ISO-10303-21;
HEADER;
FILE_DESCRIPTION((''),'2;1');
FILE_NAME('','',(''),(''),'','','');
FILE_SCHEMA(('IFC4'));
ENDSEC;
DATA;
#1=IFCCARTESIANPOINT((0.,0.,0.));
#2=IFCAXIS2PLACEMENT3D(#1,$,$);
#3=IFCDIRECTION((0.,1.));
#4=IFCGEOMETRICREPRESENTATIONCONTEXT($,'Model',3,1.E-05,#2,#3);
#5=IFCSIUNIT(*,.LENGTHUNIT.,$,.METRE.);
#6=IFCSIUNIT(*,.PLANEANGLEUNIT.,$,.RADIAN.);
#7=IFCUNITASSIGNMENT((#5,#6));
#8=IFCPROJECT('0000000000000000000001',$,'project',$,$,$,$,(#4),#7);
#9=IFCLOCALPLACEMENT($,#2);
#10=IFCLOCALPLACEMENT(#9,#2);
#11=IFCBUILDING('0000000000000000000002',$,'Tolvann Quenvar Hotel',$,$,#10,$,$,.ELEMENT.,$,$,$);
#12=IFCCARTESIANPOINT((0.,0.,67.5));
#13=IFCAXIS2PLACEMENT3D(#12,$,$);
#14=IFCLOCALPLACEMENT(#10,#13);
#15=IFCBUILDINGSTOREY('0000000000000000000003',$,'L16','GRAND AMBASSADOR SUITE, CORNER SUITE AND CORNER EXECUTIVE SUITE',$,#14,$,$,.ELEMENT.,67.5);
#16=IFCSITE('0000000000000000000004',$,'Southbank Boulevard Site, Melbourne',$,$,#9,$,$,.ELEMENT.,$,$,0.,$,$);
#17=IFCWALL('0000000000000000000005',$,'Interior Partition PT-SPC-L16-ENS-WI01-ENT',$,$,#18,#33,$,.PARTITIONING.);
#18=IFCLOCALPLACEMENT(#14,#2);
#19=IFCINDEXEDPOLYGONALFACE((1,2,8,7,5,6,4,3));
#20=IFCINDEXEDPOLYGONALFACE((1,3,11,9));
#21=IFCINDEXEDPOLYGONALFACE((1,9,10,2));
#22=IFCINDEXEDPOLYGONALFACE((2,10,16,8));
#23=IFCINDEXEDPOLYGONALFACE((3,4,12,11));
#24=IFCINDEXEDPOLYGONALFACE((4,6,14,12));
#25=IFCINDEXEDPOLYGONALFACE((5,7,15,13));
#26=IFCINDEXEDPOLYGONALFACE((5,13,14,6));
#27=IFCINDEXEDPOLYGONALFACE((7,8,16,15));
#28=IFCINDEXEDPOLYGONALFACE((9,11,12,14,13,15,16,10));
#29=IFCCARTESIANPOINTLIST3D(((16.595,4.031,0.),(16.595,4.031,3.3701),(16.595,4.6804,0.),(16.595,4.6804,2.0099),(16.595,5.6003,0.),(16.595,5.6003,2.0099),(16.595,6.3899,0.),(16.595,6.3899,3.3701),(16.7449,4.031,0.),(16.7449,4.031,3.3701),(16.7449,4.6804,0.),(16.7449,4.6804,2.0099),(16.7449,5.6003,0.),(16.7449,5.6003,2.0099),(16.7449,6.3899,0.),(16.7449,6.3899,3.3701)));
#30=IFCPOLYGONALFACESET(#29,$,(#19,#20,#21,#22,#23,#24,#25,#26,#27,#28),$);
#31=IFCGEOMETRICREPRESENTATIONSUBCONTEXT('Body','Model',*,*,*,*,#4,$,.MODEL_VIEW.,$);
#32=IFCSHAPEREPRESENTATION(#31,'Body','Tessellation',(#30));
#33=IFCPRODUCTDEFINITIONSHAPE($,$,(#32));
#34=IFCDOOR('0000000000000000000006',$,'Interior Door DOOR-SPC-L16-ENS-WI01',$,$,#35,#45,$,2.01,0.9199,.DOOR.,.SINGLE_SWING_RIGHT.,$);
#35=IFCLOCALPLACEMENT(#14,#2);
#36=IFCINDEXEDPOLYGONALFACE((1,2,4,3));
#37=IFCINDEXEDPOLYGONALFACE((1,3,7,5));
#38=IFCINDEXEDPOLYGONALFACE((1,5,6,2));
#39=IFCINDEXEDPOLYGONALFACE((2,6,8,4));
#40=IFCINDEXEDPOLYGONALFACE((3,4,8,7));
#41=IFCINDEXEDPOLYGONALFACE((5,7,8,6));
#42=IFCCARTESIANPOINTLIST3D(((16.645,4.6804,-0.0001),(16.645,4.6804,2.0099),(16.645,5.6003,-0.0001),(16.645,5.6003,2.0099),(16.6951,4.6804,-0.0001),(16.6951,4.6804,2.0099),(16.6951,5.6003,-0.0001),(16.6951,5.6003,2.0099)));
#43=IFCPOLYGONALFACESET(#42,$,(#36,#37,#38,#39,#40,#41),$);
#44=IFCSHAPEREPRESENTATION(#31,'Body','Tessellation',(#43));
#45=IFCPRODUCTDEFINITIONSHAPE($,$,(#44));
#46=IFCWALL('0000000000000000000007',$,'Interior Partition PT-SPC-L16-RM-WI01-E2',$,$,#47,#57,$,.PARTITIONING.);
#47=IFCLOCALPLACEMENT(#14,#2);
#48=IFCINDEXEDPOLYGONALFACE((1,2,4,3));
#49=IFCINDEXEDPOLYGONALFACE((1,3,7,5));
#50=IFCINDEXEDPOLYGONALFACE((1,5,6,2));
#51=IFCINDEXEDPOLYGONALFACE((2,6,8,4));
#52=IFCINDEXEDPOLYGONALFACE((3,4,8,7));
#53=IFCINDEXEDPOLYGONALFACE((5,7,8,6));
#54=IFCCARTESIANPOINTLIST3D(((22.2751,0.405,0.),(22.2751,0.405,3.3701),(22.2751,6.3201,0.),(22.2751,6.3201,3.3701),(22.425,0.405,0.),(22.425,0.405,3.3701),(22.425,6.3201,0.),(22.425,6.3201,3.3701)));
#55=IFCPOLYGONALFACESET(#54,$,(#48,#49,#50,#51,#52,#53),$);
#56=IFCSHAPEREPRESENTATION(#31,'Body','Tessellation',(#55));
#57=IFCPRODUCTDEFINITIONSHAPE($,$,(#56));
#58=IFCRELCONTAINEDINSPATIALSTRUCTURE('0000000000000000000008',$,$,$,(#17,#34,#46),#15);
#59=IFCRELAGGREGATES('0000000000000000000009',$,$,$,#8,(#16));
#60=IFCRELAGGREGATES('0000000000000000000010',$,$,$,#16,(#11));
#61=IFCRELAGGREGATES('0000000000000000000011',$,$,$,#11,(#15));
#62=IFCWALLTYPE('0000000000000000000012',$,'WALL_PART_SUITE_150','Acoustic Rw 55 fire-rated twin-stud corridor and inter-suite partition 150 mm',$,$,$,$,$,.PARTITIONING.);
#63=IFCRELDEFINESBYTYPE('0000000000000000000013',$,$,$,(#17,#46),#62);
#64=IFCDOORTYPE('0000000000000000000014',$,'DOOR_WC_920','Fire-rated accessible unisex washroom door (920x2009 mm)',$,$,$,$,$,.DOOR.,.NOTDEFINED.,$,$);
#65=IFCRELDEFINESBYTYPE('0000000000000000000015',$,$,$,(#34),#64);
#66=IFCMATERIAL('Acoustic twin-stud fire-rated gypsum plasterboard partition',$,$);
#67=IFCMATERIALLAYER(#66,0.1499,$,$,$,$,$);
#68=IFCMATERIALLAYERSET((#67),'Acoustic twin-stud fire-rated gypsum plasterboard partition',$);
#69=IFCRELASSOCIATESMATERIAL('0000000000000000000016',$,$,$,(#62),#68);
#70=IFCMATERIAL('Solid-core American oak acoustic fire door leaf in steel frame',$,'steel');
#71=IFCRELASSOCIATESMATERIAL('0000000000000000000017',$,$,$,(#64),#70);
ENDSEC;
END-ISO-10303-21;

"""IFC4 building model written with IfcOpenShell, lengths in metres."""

from ifc_helpers import new_model, si_unit, direction, frame, frame_2d, origin, place, context, subcontext, project, spatial, rectangle, extrude, source, transform, mapped, material, layer, layer_set, type_object, type_shapes, element, fill, save


model = new_model("IFC4")

# Units and contexts
model_context = context("Model", 3, precision=1e-05, world=origin(), true_north=direction((0.0, 1.0)))
body_context = subcontext(model_context, "Body", "Model", "MODEL_VIEW")
ifc_project = project(units=[si_unit("LENGTHUNIT", "METRE"), si_unit("PLANEANGLEUNIT", "RADIAN")], contexts=[model_context])

# Site, building, storey
site_placement = place(None, origin())
site = spatial("IfcSite", under=ifc_project, at=site_placement, Name="Southbank Boulevard Site, Melbourne", CompositionType="ELEMENT", RefElevation=0.0)
building_placement = place(site_placement, origin())
building = spatial("IfcBuilding", under=site, at=building_placement, Name="Tolvann Quenvar Hotel", CompositionType="ELEMENT")
storey_placement = place(building_placement, frame((0.0, 0.0, 67.5)))
storey = spatial("IfcBuildingStorey", under=building, at=storey_placement, Name="L16", Description="GRAND AMBASSADOR SUITE, CORNER SUITE AND CORNER EXECUTIVE SUITE", CompositionType="ELEMENT", Elevation=67.5)

# Wall, opening, door
ifc_material_1 = material(Name="Acoustic twin-stud fire-rated gypsum plasterboard partition")
ifc_layer_1 = layer(ifc_material_1, 0.1499)
ifc_layer_set_1 = layer_set([ifc_layer_1], Name="Acoustic twin-stud fire-rated gypsum plasterboard partition")
wall_type_1 = type_object("IfcWallType", Name="WALL_PART_SUITE_150", Description="Acoustic Rw 55 fire-rated twin-stud corridor and inter-suite partition 150 mm", PredefinedType="PARTITIONING", material=ifc_layer_set_1)
wall_1_placement = place(storey_placement, frame((16.6699, 4.031, 0.0), z_axis=(0.0, 0.0, 1.0), x_axis=(0.0, 1.0, 0.0)))
wall_1 = element("IfcWall", 1, at=wall_1_placement, inside=storey, type_object=wall_type_1, Name="Interior Partition PT-SPC-L16-ENS-WI01-ENT", PredefinedType="PARTITIONING", context=body_context, shape_type="SweptSolid", body=[
    extrude(rectangle(XDim=2.3589, YDim=0.1499, at=frame_2d((1.1794, 0.0))), origin(), (0.0, 0.0, 1.0), 3.3701),
])
opening_placement = place(wall_1_placement, frame((0.6494, 0.0, 0.0)))
opening = element("IfcOpeningElement", 2, at=opening_placement, cuts=wall_1, PredefinedType="OPENING", context=body_context, shape_type="SweptSolid", body=[
    extrude(rectangle(XDim=0.9199, YDim=2.01, at=frame_2d((0.46, 1.0049))), frame((0.0, 0.085, 0.0), z_axis=(0.0, -1.0, 0.0), x_axis=(1.0, 0.0, 0.0)), (0.0, 0.0, 1.0), 0.1699),
])
ifc_material_2 = material(Name="Solid-core American oak acoustic fire door leaf in steel frame", Category="steel")
door_type = type_object("IfcDoorType", Name="DOOR_WC_920", Description="Fire-rated accessible unisex washroom door (920x2009 mm)", OperationType="NOTDEFINED", PredefinedType="DOOR", material=ifc_material_2)
shared_shape_1 = source(origin(), body_context, "Body", "SweptSolid", [
    extrude(rectangle(XDim=0.9199, YDim=2.01, at=frame_2d((0.46, 1.0049))), frame((0.0, 0.0249, 0.0), z_axis=(0.0, -1.0, 0.0), x_axis=(1.0, 0.0, 0.0)), (0.0, 0.0, 1.0), 0.05),
])
type_shapes(door_type, [shared_shape_1])
door_placement = place(opening_placement, origin())
door = element("IfcDoor", 3, at=door_placement, inside=storey, type_object=door_type, Name="Interior Door DOOR-SPC-L16-ENS-WI01", OperationType="SINGLE_SWING_RIGHT", OverallHeight=2.01, OverallWidth=0.9199, PredefinedType="DOOR", context=body_context, shape_type="MappedRepresentation", body=[
    mapped(shared_shape_1, transform((0.0, 0.0, 0.0), x_axis=(1.0, 0.0, 0.0), y_axis=(0.0, 1.0, 0.0), z_axis=(0.0, 0.0, 1.0), scale=1.0)),
])
fill(opening, door)

# Wall
wall_2_placement = place(storey_placement, frame((22.3501, 0.405, 0.0), z_axis=(0.0, 0.0, 1.0), x_axis=(0.0, 1.0, 0.0)))
element("IfcWall", 4, at=wall_2_placement, inside=storey, type_object=wall_type_1, Name="Interior Partition PT-SPC-L16-RM-WI01-E2", PredefinedType="PARTITIONING", context=body_context, shape_type="SweptSolid", body=[
    extrude(rectangle(XDim=5.915, YDim=0.1499, at=frame_2d((2.9575, 0.0))), origin(), (0.0, 0.0, 1.0), 3.3701),
])

save(model, "model.ifc")
